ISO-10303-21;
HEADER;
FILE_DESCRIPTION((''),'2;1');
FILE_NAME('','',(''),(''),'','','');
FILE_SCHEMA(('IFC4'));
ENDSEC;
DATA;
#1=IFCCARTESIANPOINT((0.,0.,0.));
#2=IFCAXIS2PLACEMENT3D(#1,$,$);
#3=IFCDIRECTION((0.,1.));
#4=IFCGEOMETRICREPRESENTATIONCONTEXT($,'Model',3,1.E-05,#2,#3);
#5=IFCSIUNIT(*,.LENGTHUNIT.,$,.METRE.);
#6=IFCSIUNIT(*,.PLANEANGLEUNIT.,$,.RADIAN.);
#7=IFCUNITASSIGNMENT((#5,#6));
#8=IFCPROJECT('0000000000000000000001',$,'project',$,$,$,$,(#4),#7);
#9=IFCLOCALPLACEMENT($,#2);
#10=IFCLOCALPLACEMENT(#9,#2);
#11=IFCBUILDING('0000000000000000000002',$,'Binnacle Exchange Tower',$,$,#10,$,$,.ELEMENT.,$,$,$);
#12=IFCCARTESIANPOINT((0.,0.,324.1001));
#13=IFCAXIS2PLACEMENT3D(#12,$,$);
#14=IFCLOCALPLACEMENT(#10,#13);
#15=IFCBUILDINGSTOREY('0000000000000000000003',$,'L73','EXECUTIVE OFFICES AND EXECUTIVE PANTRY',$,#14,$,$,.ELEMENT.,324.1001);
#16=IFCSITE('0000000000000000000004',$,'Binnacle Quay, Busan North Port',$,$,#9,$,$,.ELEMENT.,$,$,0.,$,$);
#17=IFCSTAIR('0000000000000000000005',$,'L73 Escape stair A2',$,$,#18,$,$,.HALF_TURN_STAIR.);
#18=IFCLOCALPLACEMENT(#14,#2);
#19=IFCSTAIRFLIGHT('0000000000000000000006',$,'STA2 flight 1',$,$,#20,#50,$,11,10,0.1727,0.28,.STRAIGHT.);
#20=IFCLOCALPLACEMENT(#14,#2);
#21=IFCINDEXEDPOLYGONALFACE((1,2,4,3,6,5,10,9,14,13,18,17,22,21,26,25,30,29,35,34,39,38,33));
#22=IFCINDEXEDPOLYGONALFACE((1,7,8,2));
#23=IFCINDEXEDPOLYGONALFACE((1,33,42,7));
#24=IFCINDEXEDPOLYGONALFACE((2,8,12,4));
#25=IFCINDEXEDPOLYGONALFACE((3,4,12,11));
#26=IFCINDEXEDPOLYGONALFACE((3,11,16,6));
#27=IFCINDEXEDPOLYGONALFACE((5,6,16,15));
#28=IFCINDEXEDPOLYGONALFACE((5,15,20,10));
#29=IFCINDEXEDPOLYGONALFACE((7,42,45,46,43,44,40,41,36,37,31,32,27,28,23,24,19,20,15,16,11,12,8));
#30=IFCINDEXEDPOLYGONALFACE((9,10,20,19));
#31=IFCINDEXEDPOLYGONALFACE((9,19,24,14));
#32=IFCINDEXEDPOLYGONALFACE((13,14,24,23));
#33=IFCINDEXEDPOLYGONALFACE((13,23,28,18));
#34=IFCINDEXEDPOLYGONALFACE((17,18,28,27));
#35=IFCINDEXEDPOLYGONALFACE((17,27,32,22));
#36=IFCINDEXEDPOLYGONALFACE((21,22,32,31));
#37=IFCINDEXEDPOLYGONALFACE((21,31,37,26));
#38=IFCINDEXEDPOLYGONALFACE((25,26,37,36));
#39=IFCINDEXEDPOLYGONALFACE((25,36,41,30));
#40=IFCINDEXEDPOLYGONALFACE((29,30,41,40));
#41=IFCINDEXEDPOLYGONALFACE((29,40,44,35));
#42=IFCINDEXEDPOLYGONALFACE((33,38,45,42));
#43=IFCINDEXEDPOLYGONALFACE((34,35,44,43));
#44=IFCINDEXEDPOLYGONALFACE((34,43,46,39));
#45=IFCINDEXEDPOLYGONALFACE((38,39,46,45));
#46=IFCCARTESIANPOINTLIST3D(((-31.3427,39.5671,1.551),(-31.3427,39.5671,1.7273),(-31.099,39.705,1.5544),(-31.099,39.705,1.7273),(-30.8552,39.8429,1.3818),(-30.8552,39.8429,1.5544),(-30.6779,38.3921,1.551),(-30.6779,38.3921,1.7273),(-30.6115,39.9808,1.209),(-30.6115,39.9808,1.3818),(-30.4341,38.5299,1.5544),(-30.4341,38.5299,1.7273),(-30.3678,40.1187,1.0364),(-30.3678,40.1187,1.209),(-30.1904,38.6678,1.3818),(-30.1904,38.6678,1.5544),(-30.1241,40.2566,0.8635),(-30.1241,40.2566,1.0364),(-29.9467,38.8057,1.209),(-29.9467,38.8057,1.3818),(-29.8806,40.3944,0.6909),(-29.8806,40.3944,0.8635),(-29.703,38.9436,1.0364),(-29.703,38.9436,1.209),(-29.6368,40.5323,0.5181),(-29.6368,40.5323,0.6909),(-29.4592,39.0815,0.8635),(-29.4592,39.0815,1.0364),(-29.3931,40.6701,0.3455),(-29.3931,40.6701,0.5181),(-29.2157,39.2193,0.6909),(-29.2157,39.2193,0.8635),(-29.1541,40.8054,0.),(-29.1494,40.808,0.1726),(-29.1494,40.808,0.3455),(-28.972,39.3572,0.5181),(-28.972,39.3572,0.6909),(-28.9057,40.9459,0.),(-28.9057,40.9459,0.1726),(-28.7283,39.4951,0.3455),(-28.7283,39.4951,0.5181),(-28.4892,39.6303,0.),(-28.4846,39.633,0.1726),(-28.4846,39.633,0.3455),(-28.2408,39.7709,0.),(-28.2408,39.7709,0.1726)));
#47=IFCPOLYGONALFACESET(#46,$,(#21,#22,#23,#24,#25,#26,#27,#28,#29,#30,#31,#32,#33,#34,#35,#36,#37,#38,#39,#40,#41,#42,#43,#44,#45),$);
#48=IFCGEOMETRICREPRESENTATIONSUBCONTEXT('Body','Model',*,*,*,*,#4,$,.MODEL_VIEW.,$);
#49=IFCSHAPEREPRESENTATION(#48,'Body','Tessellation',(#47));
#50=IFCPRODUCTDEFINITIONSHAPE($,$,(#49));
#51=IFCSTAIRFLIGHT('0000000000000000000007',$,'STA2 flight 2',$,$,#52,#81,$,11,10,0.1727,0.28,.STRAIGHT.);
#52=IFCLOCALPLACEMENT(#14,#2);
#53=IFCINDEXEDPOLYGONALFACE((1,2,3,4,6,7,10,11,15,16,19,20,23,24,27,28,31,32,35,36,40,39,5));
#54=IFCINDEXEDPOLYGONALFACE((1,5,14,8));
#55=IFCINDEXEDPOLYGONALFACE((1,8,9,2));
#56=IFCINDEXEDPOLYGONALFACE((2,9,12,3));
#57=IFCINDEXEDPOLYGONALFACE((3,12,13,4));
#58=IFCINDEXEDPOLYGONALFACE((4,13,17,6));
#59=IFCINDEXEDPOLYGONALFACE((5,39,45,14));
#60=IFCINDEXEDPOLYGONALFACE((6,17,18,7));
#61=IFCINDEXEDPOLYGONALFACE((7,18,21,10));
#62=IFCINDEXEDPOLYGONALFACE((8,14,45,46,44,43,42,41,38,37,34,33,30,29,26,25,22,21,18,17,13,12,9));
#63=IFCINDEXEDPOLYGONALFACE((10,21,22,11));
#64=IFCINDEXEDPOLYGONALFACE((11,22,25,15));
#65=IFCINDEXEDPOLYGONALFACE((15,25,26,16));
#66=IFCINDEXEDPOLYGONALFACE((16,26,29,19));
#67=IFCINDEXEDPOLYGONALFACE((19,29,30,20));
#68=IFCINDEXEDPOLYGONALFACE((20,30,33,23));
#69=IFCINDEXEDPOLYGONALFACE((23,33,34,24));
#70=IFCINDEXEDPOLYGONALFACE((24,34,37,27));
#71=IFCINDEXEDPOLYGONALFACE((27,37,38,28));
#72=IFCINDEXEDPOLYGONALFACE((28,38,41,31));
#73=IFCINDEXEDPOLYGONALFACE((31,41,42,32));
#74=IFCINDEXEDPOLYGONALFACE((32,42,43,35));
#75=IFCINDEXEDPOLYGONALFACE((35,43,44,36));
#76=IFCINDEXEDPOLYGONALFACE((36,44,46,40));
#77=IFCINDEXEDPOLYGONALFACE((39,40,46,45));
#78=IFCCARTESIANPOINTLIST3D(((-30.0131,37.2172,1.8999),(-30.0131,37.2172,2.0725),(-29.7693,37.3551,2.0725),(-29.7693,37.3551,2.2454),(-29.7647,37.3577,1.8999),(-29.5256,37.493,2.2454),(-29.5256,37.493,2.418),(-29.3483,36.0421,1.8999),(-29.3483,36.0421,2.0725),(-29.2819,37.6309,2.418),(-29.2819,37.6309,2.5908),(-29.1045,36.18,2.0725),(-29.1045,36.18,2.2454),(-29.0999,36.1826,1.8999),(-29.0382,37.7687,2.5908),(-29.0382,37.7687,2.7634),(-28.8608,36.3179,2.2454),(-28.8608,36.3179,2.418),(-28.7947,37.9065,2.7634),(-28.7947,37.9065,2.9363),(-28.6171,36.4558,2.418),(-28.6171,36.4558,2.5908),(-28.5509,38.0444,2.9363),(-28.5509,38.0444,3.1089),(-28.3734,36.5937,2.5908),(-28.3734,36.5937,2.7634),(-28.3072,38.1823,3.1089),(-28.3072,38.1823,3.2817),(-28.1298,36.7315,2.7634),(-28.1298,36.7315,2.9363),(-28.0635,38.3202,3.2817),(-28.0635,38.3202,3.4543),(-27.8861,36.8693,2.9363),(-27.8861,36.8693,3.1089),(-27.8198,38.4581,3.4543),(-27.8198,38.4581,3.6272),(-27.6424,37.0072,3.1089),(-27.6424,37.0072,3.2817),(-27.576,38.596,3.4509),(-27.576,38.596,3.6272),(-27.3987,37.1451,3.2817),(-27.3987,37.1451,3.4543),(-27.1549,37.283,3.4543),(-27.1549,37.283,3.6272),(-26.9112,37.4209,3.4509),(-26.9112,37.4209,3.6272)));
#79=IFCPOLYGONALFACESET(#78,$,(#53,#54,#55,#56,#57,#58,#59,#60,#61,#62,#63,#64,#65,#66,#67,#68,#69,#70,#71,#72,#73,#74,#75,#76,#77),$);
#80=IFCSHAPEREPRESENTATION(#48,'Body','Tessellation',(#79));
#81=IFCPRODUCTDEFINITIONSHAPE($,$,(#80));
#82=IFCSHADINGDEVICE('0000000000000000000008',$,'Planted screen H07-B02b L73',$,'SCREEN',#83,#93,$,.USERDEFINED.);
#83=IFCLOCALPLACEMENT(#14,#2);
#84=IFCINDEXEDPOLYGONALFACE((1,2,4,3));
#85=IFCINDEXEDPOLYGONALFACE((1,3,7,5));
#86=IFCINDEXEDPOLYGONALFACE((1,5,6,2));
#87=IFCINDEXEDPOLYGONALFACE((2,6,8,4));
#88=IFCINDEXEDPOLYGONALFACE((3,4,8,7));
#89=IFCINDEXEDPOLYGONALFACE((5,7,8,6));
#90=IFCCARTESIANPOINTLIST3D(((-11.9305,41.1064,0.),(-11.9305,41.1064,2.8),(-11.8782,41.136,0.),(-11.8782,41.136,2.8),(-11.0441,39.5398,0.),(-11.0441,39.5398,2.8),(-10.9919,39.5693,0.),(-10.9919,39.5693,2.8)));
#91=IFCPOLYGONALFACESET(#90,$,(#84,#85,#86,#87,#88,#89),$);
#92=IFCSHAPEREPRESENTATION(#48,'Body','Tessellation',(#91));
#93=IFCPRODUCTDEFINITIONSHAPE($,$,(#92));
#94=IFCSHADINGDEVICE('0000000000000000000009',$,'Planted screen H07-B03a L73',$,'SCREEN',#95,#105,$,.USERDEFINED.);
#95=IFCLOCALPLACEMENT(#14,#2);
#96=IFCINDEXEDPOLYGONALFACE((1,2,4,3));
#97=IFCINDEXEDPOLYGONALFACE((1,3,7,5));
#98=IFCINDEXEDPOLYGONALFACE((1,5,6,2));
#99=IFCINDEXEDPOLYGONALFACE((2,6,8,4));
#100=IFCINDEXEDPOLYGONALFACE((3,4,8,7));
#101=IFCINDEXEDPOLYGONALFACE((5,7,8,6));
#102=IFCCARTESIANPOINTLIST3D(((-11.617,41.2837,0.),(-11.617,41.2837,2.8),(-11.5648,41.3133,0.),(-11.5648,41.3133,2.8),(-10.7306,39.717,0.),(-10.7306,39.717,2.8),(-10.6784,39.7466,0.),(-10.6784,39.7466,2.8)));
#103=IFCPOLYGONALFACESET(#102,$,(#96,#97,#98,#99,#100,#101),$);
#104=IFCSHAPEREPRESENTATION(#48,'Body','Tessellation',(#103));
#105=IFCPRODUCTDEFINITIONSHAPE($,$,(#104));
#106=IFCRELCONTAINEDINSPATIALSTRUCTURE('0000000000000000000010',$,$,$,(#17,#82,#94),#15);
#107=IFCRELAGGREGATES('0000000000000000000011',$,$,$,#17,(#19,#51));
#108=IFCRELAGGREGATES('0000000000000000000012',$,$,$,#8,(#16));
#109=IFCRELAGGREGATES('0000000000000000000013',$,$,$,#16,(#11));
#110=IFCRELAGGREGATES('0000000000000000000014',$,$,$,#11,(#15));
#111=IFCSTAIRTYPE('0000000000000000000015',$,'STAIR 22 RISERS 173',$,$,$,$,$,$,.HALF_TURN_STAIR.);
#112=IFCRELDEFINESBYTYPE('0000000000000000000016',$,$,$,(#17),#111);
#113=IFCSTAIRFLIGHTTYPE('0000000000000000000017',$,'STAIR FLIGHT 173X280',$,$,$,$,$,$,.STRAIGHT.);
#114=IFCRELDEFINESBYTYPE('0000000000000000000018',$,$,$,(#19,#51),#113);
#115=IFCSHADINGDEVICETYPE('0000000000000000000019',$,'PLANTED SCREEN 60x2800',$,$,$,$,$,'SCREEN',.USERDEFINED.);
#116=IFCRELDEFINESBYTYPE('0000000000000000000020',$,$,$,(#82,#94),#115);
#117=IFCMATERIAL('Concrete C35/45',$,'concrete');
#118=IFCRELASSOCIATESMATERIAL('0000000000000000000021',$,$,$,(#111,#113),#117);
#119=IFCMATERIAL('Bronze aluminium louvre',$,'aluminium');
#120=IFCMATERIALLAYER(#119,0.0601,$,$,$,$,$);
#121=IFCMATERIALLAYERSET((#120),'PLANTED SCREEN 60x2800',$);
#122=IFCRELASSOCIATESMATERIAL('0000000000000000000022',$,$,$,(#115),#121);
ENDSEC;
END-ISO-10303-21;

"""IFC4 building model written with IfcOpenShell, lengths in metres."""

from ifc_helpers import new_model, si_unit, direction, frame, origin, origin_2d, place, context, subcontext, project, spatial, polyline, rectangle, outline, extrude, material, layer, layer_set, type_object, element, aggregate, save


model = new_model("IFC4")

# Units and contexts
model_context = context("Model", 3, precision=1e-05, world=origin(), true_north=direction((0.0, 1.0)))
body_context = subcontext(model_context, "Body", "Model", "MODEL_VIEW")
ifc_project = project(units=[si_unit("LENGTHUNIT", "METRE"), si_unit("PLANEANGLEUNIT", "RADIAN")], contexts=[model_context])

# Site, building, storey
site_placement = place(None, origin())
site = spatial("IfcSite", under=ifc_project, at=site_placement, Name="Binnacle Quay, Busan North Port", CompositionType="ELEMENT", RefElevation=0.0)
building_placement = place(site_placement, origin())
building = spatial("IfcBuilding", under=site, at=building_placement, Name="Binnacle Exchange Tower", CompositionType="ELEMENT")
storey_placement = place(building_placement, frame((0.0, 0.0, 324.1001)))
storey = spatial("IfcBuildingStorey", under=building, at=storey_placement, Name="L73", Description="EXECUTIVE OFFICES AND EXECUTIVE PANTRY", CompositionType="ELEMENT", Elevation=324.1001)

# Stair, stair flights
ifc_material_1 = material(Name="Concrete C35/45", Category="concrete")
stair_type = type_object("IfcStairType", Name="STAIR 22 RISERS 173", PredefinedType="HALF_TURN_STAIR", material=ifc_material_1)
stair_placement = place(storey_placement, origin())
stair = element("IfcStair", 1, at=stair_placement, inside=storey, type_object=stair_type, Name="L73 Escape stair A2", PredefinedType="HALF_TURN_STAIR")
stair_flight_type = type_object("IfcStairFlightType", Name="STAIR FLIGHT 173X280", PredefinedType="STRAIGHT", material=ifc_material_1)
stair_flight_1_placement = place(storey_placement, frame((-28.5732, 40.3584, 0.0), z_axis=(0.0, 0.0, 1.0), x_axis=(-0.870356, -0.492424, 0.0)))
stair_flight_1 = element("IfcStairFlight", 2, at=stair_flight_1_placement, type_object=stair_flight_type, Name="STA2 flight 1", NumberOfRisers=11, NumberOfTreads=10, PredefinedType="STRAIGHT", RiserHeight=0.1727, TreadLength=0.28, context=body_context, shape_type="SweptSolid", body=[
    extrude(outline(polyline([(0.0, 0.0), (0.0, 0.1726), (0.28, 0.1726), (0.28, 0.3455), (0.5601, 0.3455), (0.5601, 0.5181), (0.8401, 0.5181), (0.8401, 0.6909), (1.1201, 0.6909), (1.1201, 0.8635), (1.3999, 0.8635), (1.3999, 1.0364), (1.6799, 1.0364), (1.6799, 1.209), (1.96, 1.209), (1.96, 1.3818), (2.24, 1.3818), (2.24, 1.5544), (2.52, 1.5544), (2.52, 1.7273), (2.8, 1.7273), (2.8, 1.8999), (2.8, 1.551), (0.2854, 0.0), (0.0, 0.0)])), frame((0.0, 0.675, 0.0), z_axis=(0.0, -1.0, 0.0), x_axis=(1.0, 0.0, 0.0)), (0.0, 0.0, 1.0), 1.3501),
])
stair_flight_2_placement = place(storey_placement, frame((-29.6807, 36.6296, 1.8999), z_axis=(0.0, 0.0, 1.0), x_axis=(0.870356, 0.492424, 0.0)))
stair_flight_2 = element("IfcStairFlight", 3, at=stair_flight_2_placement, type_object=stair_flight_type, Name="STA2 flight 2", NumberOfRisers=11, NumberOfTreads=10, PredefinedType="STRAIGHT", RiserHeight=0.1727, TreadLength=0.28, context=body_context, shape_type="SweptSolid", body=[
    extrude(outline(polyline([(0.0, 0.0), (0.0, 0.1726), (0.28, 0.1726), (0.28, 0.3455), (0.5601, 0.3455), (0.5601, 0.5181), (0.8401, 0.5181), (0.8401, 0.6909), (1.1201, 0.6909), (1.1201, 0.8635), (1.3999, 0.8635), (1.3999, 1.0364), (1.6799, 1.0364), (1.6799, 1.209), (1.96, 1.209), (1.96, 1.3818), (2.24, 1.3818), (2.24, 1.5544), (2.52, 1.5544), (2.52, 1.7273), (2.8, 1.7273), (2.8, 1.8999), (2.8, 1.551), (0.2854, 0.0), (0.0, 0.0)])), frame((0.0, 0.675, 0.0), z_axis=(0.0, -1.0, 0.0), x_axis=(1.0, 0.0, 0.0)), (0.0, 0.0, 1.0), 1.3501),
])
aggregate(stair, [stair_flight_1, stair_flight_2])

# Shading devices
ifc_material_2 = material(Name="Bronze aluminium louvre", Category="aluminium")
ifc_layer_1 = layer(ifc_material_2, 0.0601)
ifc_layer_set_1 = layer_set([ifc_layer_1], Name="PLANTED SCREEN 60x2800")
shading_device_type = type_object("IfcShadingDeviceType", Name="PLANTED SCREEN 60x2800", ElementType="SCREEN", PredefinedType="USERDEFINED", material=ifc_layer_set_1)
for number, where, z_axis, x_axis, name in (
    (4, (-11.4612, 40.3379, 0.0), (0.0, 0.0, 1.0), (0.870356, 0.492424, 0.0), "Planted screen H07-B02b L73"),
    (5, (-11.1477, 40.5151, 0.0), (0.0, 0.0, 1.0), (0.870356, 0.492424, 0.0), "Planted screen H07-B03a L73"),
):
    element("IfcShadingDevice", number, at=place(storey_placement, frame(where, z_axis=z_axis, x_axis=x_axis)), inside=storey, type_object=shading_device_type, Name=name, ObjectType="SCREEN", PredefinedType="USERDEFINED", context=body_context, shape_type="SweptSolid", body=[
        extrude(rectangle(XDim=0.0601, YDim=1.8, at=origin_2d()), origin(), (0.0, 0.0, 1.0), 2.8),
    ])

save(model, "model.ifc")
